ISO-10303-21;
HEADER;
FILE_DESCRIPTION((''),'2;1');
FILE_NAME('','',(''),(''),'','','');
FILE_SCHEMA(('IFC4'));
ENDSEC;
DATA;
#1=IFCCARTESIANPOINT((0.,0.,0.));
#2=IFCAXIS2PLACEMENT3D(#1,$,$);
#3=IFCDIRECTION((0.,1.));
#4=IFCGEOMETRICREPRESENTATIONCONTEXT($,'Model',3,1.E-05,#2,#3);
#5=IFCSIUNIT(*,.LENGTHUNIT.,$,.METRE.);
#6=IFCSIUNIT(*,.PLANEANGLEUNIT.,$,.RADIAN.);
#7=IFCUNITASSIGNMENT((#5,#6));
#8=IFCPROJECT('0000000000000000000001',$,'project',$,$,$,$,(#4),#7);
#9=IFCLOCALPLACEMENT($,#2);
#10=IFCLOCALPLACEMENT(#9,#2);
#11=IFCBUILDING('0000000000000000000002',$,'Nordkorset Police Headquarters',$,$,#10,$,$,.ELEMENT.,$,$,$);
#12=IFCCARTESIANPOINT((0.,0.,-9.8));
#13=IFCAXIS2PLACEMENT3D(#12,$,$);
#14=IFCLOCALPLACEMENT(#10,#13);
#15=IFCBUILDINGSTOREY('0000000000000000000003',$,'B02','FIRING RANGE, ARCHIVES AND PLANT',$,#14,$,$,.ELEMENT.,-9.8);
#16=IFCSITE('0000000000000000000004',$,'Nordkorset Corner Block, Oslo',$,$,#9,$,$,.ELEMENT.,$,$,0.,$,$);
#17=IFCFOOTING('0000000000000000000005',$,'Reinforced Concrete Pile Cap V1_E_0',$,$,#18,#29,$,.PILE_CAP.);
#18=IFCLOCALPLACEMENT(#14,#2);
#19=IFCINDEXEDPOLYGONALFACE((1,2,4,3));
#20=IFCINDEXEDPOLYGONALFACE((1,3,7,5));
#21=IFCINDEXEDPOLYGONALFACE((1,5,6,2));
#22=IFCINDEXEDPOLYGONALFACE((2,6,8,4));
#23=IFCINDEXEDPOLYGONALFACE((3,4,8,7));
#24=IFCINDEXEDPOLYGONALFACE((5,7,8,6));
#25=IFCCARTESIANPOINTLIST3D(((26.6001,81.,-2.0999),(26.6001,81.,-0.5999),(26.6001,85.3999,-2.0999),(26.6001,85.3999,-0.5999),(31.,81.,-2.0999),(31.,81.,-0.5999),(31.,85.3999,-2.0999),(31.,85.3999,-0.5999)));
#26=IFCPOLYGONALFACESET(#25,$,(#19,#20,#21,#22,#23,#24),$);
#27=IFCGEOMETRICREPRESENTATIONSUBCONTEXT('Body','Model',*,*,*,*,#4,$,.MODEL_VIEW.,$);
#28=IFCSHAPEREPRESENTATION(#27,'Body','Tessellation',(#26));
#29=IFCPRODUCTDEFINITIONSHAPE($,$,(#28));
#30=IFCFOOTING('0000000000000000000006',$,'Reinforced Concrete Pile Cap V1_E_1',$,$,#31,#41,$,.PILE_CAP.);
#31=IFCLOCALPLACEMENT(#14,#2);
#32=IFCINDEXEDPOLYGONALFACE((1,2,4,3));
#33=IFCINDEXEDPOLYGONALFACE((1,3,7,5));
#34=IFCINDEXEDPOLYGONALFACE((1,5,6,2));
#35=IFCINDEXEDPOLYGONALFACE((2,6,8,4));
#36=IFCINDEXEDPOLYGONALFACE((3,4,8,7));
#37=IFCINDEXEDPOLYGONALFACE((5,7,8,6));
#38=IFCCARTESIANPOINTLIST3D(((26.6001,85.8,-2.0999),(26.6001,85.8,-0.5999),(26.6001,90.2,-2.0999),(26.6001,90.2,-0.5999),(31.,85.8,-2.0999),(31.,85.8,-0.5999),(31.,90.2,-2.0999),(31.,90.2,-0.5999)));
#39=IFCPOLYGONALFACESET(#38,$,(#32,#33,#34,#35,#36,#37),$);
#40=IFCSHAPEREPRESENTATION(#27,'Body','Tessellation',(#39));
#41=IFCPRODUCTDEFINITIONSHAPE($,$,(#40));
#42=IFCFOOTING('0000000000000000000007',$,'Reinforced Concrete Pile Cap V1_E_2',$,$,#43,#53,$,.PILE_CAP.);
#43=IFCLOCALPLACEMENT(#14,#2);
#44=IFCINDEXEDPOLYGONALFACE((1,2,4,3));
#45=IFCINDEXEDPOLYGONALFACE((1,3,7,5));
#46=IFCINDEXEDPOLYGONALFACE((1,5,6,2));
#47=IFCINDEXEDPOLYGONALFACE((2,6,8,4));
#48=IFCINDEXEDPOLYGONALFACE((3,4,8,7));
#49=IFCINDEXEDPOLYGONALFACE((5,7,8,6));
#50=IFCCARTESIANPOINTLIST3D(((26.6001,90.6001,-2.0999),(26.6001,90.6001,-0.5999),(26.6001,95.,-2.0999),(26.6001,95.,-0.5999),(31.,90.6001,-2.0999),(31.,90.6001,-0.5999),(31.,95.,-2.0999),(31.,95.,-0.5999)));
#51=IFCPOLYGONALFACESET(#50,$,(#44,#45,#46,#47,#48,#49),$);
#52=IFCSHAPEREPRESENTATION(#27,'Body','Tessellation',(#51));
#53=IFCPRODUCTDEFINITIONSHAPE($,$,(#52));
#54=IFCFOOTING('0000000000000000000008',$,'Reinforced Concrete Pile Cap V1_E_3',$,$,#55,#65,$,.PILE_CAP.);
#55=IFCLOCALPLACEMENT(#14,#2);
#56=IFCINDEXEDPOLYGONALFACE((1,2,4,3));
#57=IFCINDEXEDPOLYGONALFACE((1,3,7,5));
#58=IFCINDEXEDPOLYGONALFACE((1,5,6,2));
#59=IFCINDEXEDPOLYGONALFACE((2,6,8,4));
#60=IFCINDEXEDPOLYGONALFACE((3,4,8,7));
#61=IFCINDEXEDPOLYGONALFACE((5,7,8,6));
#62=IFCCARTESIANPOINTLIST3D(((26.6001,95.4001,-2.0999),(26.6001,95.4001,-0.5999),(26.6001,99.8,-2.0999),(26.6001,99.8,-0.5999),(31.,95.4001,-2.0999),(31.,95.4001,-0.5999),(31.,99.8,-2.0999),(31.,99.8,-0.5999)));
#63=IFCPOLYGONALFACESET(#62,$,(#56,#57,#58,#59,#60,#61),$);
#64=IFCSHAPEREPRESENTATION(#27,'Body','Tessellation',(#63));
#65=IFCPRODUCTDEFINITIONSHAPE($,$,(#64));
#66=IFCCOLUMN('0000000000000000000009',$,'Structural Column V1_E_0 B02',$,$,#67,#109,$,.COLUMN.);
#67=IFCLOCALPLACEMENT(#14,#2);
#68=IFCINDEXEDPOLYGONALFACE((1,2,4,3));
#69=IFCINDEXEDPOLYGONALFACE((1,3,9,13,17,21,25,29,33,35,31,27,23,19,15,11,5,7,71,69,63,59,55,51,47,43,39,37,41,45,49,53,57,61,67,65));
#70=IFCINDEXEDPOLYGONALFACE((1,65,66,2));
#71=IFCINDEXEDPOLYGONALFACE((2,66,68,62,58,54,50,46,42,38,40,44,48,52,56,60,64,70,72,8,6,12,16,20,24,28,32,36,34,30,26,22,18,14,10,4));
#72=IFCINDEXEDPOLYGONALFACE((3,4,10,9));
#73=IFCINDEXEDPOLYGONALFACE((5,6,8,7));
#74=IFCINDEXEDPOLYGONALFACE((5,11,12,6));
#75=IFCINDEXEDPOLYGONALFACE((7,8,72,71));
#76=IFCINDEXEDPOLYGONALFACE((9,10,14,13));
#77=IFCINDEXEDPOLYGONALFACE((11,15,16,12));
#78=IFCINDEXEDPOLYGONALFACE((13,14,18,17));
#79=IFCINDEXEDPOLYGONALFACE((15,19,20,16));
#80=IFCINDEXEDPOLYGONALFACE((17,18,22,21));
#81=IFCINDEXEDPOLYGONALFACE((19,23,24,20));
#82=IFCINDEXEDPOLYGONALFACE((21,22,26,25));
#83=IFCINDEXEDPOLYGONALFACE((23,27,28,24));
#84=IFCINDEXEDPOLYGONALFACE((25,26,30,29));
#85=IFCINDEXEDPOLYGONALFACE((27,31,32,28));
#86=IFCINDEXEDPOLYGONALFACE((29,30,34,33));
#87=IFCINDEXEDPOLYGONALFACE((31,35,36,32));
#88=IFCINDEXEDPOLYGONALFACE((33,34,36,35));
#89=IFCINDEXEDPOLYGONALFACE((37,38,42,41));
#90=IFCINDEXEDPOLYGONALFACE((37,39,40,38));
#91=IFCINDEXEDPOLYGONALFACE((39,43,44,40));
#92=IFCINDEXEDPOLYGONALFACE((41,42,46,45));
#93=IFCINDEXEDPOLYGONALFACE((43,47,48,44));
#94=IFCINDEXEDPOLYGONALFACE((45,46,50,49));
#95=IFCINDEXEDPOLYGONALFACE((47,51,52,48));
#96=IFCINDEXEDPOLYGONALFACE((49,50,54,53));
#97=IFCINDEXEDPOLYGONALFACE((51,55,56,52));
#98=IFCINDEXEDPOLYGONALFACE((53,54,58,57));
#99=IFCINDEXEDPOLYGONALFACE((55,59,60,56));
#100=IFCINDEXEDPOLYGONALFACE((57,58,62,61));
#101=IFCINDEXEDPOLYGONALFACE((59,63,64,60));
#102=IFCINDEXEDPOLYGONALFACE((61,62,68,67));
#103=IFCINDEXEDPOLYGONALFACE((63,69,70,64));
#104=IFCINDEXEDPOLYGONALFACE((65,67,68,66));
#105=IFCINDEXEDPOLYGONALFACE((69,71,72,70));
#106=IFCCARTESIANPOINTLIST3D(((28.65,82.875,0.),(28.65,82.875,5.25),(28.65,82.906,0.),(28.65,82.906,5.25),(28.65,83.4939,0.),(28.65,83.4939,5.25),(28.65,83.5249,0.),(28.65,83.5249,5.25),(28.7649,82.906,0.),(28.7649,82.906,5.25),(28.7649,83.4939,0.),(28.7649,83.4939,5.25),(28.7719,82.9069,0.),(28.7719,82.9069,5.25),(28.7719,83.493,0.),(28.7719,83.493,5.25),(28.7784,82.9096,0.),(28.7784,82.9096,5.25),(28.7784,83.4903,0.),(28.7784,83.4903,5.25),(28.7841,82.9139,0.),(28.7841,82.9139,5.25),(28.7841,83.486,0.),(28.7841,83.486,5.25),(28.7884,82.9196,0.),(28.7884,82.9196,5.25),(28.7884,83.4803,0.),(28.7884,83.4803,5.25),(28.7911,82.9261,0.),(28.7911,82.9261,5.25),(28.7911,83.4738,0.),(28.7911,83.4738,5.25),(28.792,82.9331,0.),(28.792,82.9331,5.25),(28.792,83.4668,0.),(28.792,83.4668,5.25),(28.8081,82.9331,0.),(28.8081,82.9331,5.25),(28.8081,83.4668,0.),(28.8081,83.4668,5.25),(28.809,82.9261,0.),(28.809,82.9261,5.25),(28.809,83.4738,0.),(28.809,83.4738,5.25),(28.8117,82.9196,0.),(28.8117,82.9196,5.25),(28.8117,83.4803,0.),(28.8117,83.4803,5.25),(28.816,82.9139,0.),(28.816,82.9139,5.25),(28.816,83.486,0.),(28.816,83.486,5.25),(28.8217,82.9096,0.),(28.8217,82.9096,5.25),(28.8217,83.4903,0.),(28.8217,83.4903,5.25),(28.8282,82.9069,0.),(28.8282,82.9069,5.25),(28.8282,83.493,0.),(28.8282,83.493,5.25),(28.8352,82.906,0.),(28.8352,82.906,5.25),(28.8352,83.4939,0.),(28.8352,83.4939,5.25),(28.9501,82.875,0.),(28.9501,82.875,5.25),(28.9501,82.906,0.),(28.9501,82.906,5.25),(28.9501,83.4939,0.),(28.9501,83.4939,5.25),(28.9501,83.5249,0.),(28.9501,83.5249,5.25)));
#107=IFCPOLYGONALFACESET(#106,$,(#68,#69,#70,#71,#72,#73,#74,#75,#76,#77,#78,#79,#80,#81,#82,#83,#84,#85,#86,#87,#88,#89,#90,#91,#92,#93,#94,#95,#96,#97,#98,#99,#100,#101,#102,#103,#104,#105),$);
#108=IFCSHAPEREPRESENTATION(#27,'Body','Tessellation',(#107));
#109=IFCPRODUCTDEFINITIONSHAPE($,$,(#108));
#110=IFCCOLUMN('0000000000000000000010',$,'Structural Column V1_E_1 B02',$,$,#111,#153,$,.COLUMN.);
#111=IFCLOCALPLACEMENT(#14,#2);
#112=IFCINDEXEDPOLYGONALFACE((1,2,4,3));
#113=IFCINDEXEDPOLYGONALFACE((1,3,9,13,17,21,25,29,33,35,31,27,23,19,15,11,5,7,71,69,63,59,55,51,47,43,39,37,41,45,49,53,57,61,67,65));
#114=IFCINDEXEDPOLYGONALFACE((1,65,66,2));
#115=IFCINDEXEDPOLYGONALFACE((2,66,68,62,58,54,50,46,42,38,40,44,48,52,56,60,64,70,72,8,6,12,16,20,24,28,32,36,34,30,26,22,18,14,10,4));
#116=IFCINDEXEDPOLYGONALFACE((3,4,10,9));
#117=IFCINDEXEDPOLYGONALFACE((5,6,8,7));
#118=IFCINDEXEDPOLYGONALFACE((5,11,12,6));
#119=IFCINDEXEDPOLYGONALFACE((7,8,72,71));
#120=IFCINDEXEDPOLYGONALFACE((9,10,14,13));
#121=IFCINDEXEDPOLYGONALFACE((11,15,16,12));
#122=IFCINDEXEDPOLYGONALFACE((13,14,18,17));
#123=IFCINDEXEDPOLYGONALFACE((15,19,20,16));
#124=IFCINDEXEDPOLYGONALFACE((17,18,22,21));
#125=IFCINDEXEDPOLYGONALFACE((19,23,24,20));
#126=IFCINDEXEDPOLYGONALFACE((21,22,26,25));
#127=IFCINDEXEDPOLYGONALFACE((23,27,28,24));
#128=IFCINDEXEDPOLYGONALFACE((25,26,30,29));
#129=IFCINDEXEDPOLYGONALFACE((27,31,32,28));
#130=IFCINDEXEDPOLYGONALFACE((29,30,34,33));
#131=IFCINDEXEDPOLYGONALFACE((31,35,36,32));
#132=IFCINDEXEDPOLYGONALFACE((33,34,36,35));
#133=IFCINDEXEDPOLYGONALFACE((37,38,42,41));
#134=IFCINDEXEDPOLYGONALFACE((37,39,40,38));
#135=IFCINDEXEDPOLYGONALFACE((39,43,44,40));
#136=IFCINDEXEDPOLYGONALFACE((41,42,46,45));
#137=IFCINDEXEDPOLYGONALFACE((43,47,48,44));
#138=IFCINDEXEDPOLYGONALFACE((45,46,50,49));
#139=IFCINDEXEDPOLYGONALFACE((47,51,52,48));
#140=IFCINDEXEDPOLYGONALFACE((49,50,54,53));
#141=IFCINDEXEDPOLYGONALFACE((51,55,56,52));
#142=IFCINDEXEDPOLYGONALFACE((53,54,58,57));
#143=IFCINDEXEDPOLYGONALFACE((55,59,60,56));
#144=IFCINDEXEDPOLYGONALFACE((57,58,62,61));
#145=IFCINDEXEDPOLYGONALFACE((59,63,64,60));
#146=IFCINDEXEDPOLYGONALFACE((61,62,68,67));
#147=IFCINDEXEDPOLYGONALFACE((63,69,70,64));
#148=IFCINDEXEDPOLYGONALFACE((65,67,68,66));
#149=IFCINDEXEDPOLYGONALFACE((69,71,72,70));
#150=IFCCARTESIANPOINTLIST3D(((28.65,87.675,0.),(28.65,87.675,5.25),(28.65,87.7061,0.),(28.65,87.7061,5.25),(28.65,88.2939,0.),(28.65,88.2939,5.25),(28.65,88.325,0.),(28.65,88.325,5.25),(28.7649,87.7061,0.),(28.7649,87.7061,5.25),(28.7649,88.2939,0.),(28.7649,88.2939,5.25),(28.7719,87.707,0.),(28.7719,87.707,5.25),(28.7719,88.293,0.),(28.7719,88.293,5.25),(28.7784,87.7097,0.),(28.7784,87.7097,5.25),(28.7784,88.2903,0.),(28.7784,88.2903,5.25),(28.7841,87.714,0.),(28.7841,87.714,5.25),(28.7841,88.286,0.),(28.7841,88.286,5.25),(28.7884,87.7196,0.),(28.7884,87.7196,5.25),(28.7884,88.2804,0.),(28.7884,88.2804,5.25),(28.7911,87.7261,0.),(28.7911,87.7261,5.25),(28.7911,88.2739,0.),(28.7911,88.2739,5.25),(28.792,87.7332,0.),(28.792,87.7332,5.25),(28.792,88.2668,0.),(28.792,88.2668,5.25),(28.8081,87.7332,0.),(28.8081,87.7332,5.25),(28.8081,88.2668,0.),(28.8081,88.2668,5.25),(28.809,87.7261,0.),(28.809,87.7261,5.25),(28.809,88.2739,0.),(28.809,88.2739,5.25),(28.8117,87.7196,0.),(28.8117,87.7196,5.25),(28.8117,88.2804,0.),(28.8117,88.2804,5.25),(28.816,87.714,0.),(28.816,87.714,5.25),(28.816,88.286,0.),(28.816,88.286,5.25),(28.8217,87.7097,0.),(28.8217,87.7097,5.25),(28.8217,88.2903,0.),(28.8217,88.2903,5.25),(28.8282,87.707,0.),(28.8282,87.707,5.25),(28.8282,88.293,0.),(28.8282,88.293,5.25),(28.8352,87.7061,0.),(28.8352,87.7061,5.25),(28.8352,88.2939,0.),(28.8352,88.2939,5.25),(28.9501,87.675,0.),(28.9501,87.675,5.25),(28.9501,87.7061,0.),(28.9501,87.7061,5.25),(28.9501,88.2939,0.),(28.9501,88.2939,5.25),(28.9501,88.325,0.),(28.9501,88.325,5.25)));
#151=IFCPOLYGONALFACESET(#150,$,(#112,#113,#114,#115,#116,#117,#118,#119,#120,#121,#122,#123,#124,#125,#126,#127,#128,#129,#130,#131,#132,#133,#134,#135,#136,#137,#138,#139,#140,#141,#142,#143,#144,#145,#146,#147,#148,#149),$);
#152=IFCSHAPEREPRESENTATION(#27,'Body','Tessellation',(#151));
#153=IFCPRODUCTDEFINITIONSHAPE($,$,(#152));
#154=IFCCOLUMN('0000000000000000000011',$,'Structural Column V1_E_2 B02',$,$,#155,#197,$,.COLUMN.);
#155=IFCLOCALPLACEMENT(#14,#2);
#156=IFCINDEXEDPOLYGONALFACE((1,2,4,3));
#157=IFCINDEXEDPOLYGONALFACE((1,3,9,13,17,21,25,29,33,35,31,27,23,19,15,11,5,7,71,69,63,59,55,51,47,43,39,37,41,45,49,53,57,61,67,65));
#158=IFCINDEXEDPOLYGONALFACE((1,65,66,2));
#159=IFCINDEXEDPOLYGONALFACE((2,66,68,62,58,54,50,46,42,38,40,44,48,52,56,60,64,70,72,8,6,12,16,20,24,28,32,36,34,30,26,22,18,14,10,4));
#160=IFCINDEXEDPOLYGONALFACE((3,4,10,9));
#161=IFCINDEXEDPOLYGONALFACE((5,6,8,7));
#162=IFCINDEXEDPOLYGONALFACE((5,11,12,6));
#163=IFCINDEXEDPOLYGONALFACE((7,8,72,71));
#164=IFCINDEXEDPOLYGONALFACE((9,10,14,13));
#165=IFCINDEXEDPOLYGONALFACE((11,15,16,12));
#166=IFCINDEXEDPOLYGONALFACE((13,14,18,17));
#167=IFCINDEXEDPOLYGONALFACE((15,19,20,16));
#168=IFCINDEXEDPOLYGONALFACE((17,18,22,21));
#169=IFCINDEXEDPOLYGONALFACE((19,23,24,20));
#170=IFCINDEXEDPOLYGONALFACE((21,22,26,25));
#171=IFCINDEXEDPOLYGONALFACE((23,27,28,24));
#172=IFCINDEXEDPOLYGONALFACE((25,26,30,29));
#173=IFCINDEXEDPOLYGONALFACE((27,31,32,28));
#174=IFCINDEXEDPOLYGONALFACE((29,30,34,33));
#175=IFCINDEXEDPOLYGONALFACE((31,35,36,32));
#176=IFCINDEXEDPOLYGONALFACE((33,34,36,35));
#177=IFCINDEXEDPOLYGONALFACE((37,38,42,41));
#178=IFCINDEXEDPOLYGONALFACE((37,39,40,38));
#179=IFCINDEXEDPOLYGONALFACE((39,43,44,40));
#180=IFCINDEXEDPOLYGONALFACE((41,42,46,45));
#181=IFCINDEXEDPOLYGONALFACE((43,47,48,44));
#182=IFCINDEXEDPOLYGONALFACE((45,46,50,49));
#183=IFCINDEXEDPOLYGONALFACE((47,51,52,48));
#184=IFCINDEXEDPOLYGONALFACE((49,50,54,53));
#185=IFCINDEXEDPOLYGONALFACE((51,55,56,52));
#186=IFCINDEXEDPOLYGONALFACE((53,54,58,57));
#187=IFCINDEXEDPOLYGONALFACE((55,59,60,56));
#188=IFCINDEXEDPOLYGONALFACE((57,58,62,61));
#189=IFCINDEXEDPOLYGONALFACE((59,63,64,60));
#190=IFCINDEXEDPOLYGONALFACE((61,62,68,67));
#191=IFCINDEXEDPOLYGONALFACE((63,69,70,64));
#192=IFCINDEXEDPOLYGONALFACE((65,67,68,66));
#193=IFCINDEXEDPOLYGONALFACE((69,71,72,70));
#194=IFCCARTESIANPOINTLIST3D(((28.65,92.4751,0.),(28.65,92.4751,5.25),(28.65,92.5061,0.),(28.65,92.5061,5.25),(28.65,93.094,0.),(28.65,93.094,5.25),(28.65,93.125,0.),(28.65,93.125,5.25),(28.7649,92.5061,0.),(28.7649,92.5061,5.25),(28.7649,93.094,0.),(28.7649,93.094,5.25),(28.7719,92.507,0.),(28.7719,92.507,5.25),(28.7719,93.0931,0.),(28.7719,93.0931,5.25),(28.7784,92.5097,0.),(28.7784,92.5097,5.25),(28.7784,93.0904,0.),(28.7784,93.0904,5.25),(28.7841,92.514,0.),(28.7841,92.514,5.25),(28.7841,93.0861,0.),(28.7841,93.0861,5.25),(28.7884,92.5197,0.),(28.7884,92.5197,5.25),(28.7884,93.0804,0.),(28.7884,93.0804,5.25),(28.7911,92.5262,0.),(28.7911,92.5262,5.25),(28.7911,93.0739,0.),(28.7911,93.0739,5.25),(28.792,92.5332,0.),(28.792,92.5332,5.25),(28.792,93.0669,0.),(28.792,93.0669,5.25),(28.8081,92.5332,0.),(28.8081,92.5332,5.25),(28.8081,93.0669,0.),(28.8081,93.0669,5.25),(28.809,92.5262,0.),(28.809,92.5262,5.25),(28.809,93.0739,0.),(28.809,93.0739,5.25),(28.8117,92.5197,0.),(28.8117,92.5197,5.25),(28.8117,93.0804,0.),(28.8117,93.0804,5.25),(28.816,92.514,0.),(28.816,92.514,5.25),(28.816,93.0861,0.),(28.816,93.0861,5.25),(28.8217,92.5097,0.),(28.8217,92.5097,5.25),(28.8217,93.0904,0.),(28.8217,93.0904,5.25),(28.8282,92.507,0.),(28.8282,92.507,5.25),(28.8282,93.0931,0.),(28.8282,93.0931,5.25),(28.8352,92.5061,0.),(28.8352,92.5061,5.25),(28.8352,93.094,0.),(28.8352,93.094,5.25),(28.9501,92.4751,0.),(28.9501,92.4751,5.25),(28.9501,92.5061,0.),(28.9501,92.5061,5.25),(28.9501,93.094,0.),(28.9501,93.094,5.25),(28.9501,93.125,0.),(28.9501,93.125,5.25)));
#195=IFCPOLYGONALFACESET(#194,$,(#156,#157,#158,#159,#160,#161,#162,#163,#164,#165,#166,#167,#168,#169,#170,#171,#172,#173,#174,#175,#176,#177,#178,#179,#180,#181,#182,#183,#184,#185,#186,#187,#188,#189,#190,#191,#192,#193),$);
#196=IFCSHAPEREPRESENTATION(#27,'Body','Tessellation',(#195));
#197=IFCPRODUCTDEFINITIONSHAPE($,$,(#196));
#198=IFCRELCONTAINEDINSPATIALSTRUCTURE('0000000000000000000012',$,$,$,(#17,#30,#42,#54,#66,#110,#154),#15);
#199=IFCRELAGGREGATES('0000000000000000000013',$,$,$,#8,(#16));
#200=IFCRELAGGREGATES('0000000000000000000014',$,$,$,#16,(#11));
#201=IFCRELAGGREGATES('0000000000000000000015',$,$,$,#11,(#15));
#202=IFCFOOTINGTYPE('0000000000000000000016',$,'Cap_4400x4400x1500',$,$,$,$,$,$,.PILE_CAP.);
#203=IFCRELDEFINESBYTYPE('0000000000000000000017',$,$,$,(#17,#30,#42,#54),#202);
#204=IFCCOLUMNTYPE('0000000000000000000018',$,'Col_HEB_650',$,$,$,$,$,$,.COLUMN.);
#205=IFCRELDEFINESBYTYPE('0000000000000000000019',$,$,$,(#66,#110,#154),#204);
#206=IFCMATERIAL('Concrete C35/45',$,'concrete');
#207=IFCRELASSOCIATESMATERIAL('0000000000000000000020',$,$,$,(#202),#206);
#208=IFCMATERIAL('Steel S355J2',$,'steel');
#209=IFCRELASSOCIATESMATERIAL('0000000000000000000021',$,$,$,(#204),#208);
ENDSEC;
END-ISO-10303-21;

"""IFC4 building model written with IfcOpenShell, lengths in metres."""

from ifc_helpers import new_model, si_unit, direction, frame, origin, origin_2d, place, context, subcontext, project, spatial, rectangle, i_section, extrude, material, material_profile, profile_set, type_object, element, save


model = new_model("IFC4")

# Units and contexts
model_context = context("Model", 3, precision=1e-05, world=origin(), true_north=direction((0.0, 1.0)))
body_context = subcontext(model_context, "Body", "Model", "MODEL_VIEW")
ifc_project = project(units=[si_unit("LENGTHUNIT", "METRE"), si_unit("PLANEANGLEUNIT", "RADIAN")], contexts=[model_context])

# Site, building, storey
site_placement = place(None, origin())
site = spatial("IfcSite", under=ifc_project, at=site_placement, Name="Nordkorset Corner Block, Oslo", CompositionType="ELEMENT", RefElevation=0.0)
building_placement = place(site_placement, origin())
building = spatial("IfcBuilding", under=site, at=building_placement, Name="Nordkorset Police Headquarters", CompositionType="ELEMENT")
storey_placement = place(building_placement, frame((0.0, 0.0, -9.8)))
storey = spatial("IfcBuildingStorey", under=building, at=storey_placement, Name="B02", Description="FIRING RANGE, ARCHIVES AND PLANT", CompositionType="ELEMENT", Elevation=-9.8)

# Footings
ifc_material_1 = material(Name="Concrete C35/45", Category="concrete")
footing_type_1 = type_object("IfcFootingType", Name="Cap_4400x4400x1500", PredefinedType="PILE_CAP", material=ifc_material_1)
for number, where, z_axis, x_axis, name in (
    (1, (28.8, 83.2, -2.0999), (0.0, 0.0, 1.0), (1.0, 0.0, 0.0), "Reinforced Concrete Pile Cap V1_E_0"),
    (2, (28.8, 88.0, -2.0999), (0.0, 0.0, 1.0), (1.0, 0.0, 0.0), "Reinforced Concrete Pile Cap V1_E_1"),
    (3, (28.8, 92.8, -2.0999), (0.0, 0.0, 1.0), (1.0, 0.0, 0.0), "Reinforced Concrete Pile Cap V1_E_2"),
    (4, (28.8, 97.6001, -2.0999), (0.0, 0.0, 1.0), (1.0, 0.0, 0.0), "Reinforced Concrete Pile Cap V1_E_3"),
):
    element("IfcFooting", number, at=place(storey_placement, frame(where, z_axis=z_axis, x_axis=x_axis)), inside=storey, type_object=footing_type_1, Name=name, PredefinedType="PILE_CAP", context=body_context, shape_type="SweptSolid", body=[
        extrude(rectangle(XDim=4.3999, YDim=4.3999, at=origin_2d()), origin(), (0.0, 0.0, 1.0), 1.5),
    ])

# Columns
ifc_material_2 = material(Name="Steel S355J2", Category="steel")
ifc_material_profile_1 = material_profile(ifc_material_2, i_section(OverallWidth=0.3, OverallDepth=0.6499, WebThickness=0.0161, FlangeThickness=0.031, FilletRadius=0.0271, at=origin_2d()), Name="HEB 650")
ifc_profile_set_1 = profile_set([ifc_material_profile_1], Name="Steel S355J2")
column_type_1 = type_object("IfcColumnType", Name="Col_HEB_650", PredefinedType="COLUMN", material=ifc_profile_set_1)
for number, where, z_axis, x_axis, name in (
    (5, (28.8, 83.2, 0.0), (0.0, 0.0, 1.0), (1.0, 0.0, 0.0), "Structural Column V1_E_0 B02"),
    (6, (28.8, 88.0, 0.0), (0.0, 0.0, 1.0), (1.0, 0.0, 0.0), "Structural Column V1_E_1 B02"),
    (7, (28.8, 92.8, 0.0), (0.0, 0.0, 1.0), (1.0, 0.0, 0.0), "Structural Column V1_E_2 B02"),
):
    element("IfcColumn", number, at=place(storey_placement, frame(where, z_axis=z_axis, x_axis=x_axis)), inside=storey, type_object=column_type_1, Name=name, PredefinedType="COLUMN", context=body_context, shape_type="SweptSolid", body=[
        extrude(i_section(OverallWidth=0.3, OverallDepth=0.6499, WebThickness=0.0161, FlangeThickness=0.031, FilletRadius=0.0271, at=origin_2d()), origin(), (0.0, 0.0, 1.0), 5.25),
    ])

save(model, "model.ifc")
